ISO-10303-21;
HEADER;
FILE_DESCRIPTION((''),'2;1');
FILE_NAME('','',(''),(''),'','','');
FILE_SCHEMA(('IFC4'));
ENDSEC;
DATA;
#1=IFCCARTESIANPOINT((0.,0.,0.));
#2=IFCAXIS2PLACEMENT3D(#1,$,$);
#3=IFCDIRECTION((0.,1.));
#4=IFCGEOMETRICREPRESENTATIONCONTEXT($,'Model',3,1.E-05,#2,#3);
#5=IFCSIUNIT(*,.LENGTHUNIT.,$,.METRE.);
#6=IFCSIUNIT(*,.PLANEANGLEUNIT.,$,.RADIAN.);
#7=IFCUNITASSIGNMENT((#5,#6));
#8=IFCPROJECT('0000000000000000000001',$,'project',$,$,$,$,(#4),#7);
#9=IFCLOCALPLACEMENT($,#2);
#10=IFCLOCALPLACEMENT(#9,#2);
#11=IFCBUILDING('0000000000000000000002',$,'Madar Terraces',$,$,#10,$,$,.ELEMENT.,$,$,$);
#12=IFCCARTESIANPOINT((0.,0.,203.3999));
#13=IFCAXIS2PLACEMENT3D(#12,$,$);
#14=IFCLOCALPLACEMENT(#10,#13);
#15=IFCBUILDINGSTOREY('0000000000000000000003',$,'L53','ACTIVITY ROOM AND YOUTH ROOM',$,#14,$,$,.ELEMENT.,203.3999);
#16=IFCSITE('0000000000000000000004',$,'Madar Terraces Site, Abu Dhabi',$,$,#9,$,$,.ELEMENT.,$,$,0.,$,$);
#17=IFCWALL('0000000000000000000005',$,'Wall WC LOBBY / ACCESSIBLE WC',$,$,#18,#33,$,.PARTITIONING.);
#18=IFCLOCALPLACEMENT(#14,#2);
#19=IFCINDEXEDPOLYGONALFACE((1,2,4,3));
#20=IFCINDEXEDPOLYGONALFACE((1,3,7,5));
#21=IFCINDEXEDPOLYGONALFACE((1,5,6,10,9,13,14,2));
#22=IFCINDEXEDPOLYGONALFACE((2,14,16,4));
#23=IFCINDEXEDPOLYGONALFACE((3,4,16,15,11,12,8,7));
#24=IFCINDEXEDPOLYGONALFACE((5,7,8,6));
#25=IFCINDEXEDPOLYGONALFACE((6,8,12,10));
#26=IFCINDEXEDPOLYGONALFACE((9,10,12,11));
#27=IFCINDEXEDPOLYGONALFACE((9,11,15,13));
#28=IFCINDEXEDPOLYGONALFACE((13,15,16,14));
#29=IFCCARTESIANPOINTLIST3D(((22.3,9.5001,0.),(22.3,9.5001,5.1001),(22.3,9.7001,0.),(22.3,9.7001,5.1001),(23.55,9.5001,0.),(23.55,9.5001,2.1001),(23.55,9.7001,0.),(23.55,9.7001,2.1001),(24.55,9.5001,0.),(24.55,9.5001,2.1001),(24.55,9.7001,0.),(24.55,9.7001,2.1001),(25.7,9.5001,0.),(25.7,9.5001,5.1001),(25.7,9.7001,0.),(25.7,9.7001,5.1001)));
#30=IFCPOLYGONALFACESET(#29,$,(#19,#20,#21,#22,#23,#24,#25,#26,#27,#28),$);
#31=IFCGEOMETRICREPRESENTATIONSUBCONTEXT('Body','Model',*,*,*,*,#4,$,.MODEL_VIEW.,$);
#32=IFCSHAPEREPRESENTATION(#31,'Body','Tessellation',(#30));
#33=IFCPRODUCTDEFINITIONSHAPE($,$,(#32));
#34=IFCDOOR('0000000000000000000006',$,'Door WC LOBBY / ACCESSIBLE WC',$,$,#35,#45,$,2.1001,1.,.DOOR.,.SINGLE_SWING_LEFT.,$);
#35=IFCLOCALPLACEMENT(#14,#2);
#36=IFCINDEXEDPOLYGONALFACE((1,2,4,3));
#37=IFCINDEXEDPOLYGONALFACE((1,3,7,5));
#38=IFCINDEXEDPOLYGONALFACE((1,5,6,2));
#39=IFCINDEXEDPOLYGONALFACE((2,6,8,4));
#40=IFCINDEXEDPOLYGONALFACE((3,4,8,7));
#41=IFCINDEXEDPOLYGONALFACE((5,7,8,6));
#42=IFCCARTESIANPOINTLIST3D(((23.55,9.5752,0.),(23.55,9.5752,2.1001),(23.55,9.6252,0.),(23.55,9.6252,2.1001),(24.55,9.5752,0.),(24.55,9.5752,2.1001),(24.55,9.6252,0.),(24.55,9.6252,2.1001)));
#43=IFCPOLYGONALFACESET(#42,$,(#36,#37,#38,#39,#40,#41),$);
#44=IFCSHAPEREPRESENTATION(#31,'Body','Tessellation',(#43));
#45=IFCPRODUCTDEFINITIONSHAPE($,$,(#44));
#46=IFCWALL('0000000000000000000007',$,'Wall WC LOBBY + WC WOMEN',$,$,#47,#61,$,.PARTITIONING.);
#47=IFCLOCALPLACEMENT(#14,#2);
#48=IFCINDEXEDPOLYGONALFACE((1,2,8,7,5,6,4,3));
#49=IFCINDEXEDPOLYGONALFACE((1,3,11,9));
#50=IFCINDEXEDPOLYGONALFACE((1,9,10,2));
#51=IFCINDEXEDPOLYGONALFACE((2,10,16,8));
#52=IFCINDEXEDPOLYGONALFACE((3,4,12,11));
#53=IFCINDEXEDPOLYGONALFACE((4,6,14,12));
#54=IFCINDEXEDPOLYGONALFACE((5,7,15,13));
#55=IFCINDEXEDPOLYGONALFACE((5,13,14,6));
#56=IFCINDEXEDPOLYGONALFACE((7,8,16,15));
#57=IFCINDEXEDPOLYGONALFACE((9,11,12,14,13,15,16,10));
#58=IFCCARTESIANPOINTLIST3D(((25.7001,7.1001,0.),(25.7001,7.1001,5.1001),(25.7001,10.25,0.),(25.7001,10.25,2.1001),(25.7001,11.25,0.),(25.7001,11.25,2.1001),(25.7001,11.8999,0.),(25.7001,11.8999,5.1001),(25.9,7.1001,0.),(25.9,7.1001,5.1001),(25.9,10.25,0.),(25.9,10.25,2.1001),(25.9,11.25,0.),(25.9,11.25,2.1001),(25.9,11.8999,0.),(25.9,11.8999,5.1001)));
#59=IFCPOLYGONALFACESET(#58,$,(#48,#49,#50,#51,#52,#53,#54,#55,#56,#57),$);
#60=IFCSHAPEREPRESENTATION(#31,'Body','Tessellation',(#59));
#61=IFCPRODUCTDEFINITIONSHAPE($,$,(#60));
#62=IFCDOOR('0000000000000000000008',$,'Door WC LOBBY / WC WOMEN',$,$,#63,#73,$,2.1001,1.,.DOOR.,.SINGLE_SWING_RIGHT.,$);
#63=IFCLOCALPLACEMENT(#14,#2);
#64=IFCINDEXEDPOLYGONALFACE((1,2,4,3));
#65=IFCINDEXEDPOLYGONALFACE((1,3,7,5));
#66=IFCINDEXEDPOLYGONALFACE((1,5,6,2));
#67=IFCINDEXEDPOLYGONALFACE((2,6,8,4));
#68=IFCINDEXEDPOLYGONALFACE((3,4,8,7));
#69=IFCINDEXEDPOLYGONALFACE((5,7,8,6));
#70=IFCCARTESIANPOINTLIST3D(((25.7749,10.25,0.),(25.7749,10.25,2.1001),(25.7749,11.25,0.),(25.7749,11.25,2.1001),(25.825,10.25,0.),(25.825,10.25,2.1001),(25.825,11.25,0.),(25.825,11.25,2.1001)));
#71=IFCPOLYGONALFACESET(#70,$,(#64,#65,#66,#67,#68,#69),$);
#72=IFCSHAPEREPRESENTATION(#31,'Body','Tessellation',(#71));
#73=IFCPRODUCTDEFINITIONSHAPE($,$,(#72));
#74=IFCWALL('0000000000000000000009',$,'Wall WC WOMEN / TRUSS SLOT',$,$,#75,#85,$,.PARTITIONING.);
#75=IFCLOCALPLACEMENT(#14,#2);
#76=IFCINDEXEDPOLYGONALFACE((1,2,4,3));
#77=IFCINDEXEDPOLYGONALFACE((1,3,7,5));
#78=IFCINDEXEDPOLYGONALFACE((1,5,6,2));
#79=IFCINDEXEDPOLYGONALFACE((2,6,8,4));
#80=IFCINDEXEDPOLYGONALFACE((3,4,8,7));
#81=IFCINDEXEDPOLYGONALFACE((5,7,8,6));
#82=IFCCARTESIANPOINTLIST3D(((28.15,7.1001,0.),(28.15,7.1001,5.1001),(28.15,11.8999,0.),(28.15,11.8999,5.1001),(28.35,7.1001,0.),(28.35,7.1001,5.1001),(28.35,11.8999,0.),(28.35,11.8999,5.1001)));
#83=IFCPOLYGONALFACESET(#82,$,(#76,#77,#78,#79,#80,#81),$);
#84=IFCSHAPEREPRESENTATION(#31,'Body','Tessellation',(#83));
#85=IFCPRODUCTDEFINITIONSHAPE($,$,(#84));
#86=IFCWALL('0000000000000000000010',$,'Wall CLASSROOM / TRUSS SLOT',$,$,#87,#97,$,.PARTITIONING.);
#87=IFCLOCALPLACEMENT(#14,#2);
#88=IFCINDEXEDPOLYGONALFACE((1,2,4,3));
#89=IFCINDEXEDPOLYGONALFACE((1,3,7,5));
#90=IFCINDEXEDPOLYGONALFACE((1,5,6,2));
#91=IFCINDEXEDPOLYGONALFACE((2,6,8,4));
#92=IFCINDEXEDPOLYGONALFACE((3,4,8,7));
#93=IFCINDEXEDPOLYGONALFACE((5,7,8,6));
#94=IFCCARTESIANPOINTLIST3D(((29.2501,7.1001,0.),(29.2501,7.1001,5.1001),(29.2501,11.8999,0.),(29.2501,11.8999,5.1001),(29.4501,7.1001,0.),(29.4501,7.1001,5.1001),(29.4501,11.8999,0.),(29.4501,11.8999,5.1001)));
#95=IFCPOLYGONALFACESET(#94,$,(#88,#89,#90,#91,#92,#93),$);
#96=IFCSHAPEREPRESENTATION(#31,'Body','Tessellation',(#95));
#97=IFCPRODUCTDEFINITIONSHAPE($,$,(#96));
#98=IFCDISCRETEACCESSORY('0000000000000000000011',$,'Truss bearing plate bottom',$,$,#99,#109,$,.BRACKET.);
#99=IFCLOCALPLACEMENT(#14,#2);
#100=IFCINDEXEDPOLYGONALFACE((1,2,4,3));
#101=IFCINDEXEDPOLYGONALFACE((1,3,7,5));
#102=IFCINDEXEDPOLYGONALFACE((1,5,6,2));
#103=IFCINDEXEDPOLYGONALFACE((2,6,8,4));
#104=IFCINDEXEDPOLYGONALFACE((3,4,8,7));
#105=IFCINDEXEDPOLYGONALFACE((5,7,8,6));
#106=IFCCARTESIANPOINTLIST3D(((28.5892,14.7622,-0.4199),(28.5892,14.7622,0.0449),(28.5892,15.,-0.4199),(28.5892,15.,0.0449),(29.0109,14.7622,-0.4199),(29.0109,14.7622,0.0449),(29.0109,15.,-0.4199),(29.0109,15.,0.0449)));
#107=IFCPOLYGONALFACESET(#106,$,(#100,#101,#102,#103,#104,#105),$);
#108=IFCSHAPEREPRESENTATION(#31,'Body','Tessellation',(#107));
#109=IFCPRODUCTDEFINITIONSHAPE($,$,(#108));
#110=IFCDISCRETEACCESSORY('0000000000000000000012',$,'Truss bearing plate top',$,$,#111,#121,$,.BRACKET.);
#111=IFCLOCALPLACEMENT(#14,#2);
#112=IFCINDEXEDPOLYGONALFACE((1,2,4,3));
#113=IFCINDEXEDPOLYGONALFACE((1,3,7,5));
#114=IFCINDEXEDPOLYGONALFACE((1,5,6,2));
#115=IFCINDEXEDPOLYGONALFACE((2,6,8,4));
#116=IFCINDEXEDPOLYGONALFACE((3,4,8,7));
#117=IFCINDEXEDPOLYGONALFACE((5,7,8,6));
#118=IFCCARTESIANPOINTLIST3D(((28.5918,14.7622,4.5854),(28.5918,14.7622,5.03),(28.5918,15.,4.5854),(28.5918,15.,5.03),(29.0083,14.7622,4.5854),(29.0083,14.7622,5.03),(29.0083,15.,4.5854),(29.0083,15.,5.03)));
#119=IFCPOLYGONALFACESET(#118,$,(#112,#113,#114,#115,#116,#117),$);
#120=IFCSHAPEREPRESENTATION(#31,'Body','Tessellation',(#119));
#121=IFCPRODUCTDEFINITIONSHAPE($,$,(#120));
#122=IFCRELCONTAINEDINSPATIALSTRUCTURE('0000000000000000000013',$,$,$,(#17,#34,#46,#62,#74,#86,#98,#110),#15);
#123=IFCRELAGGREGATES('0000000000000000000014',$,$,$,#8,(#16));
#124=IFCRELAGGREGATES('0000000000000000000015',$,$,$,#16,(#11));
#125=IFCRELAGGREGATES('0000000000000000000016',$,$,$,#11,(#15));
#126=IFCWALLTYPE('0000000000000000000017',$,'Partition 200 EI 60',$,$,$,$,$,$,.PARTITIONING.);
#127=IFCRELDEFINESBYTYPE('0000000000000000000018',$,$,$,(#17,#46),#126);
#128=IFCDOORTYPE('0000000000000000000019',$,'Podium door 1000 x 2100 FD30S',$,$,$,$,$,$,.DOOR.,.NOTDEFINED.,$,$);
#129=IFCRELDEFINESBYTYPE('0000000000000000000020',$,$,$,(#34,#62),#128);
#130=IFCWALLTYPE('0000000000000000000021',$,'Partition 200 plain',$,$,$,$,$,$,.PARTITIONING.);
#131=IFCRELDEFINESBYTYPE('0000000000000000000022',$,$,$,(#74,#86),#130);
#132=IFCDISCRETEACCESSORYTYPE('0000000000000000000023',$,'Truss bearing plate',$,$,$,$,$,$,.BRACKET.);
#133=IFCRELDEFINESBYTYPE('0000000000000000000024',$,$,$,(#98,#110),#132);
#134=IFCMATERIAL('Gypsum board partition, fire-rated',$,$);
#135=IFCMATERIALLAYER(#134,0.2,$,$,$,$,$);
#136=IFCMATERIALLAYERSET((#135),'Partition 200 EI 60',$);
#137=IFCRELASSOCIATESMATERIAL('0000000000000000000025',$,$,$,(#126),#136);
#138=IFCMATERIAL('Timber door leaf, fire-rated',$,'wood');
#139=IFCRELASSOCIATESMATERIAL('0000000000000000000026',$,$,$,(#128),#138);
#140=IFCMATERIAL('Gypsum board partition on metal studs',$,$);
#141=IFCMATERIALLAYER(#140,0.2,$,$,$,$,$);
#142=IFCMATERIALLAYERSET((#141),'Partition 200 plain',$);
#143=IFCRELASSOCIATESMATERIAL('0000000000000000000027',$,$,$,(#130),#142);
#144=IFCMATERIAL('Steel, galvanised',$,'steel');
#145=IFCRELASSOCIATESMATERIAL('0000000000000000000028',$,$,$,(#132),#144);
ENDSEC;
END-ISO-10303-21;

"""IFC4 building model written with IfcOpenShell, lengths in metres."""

from ifc_helpers import new_model, si_unit, direction, frame, frame_2d, origin, origin_2d, place, context, subcontext, project, spatial, rectangle, extrude, material, layer, layer_set, type_object, element, fill, save


model = new_model("IFC4")

# Units and contexts
model_context = context("Model", 3, precision=1e-05, world=origin(), true_north=direction((0.0, 1.0)))
body_context = subcontext(model_context, "Body", "Model", "MODEL_VIEW")
ifc_project = project(units=[si_unit("LENGTHUNIT", "METRE"), si_unit("PLANEANGLEUNIT", "RADIAN")], contexts=[model_context])

# Site, building, storey
site_placement = place(None, origin())
site = spatial("IfcSite", under=ifc_project, at=site_placement, Name="Madar Terraces Site, Abu Dhabi", CompositionType="ELEMENT", RefElevation=0.0)
building_placement = place(site_placement, origin())
building = spatial("IfcBuilding", under=site, at=building_placement, Name="Madar Terraces", CompositionType="ELEMENT")
storey_placement = place(building_placement, frame((0.0, 0.0, 203.3999)))
storey = spatial("IfcBuildingStorey", under=building, at=storey_placement, Name="L53", Description="ACTIVITY ROOM AND YOUTH ROOM", CompositionType="ELEMENT", Elevation=203.3999)

# Walls, openings, doors
ifc_material_1 = material(Name="Gypsum board partition, fire-rated")
ifc_layer_1 = layer(ifc_material_1, 0.2)
ifc_layer_set_1 = layer_set([ifc_layer_1], Name="Partition 200 EI 60")
wall_type_1 = type_object("IfcWallType", Name="Partition 200 EI 60", PredefinedType="PARTITIONING", material=ifc_layer_set_1)
wall_1_placement = place(storey_placement, frame((25.7, 9.6001, 0.0), z_axis=(0.0, 0.0, 1.0), x_axis=(-1.0, 0.0, 0.0)))
wall_1 = element("IfcWall", 1, at=wall_1_placement, inside=storey, type_object=wall_type_1, Name="Wall WC LOBBY / ACCESSIBLE WC", PredefinedType="PARTITIONING", context=body_context, shape_type="SweptSolid", body=[
    extrude(rectangle(XDim=3.3999, YDim=0.2, at=frame_2d((1.7, 0.0))), origin(), (0.0, 0.0, 1.0), 5.1001),
])
opening_1_placement = place(wall_1_placement, frame((1.1499, 0.0, 0.0)))
opening_1 = element("IfcOpeningElement", 2, at=opening_1_placement, cuts=wall_1, PredefinedType="OPENING", context=body_context, shape_type="SweptSolid", body=[
    extrude(rectangle(XDim=1.0, YDim=2.1001, at=frame_2d((0.5, 1.05))), frame((0.0, 0.1099, 0.0), z_axis=(0.0, -1.0, 0.0), x_axis=(1.0, 0.0, 0.0)), (0.0, 0.0, 1.0), 0.22),
])
ifc_material_2 = material(Name="Timber door leaf, fire-rated", Category="wood")
door_type_1 = type_object("IfcDoorType", Name="Podium door 1000 x 2100 FD30S", OperationType="NOTDEFINED", PredefinedType="DOOR", material=ifc_material_2)
door_1_placement = place(opening_1_placement, origin())
door_1 = element("IfcDoor", 3, at=door_1_placement, inside=storey, type_object=door_type_1, Name="Door WC LOBBY / ACCESSIBLE WC", OperationType="SINGLE_SWING_LEFT", OverallHeight=2.1001, OverallWidth=1.0, PredefinedType="DOOR", context=body_context, shape_type="SweptSolid", body=[
    extrude(rectangle(XDim=1.0, YDim=2.1001, at=frame_2d((0.5, 1.05))), frame((0.0, 0.0249, 0.0), z_axis=(0.0, -1.0, 0.0), x_axis=(1.0, 0.0, 0.0)), (0.0, 0.0, 1.0), 0.05),
])
fill(opening_1, door_1)
wall_2_placement = place(storey_placement, frame((25.8, 11.8999, 0.0), z_axis=(0.0, 0.0, 1.0), x_axis=(0.0, -1.0, 0.0)))
wall_2 = element("IfcWall", 4, at=wall_2_placement, inside=storey, type_object=wall_type_1, Name="Wall WC LOBBY + WC WOMEN", PredefinedType="PARTITIONING", context=body_context, shape_type="SweptSolid", body=[
    extrude(rectangle(XDim=4.7998, YDim=0.2, at=frame_2d((2.3999, 0.0))), origin(), (0.0, 0.0, 1.0), 5.1001),
])
opening_2_placement = place(wall_2_placement, frame((0.6499, 0.0, 0.0)))
opening_2 = element("IfcOpeningElement", 5, at=opening_2_placement, cuts=wall_2, PredefinedType="OPENING", context=body_context, shape_type="SweptSolid", body=[
    extrude(rectangle(XDim=1.0, YDim=2.1001, at=frame_2d((0.5, 1.05))), frame((0.0, 0.1099, 0.0), z_axis=(0.0, -1.0, 0.0), x_axis=(1.0, 0.0, 0.0)), (0.0, 0.0, 1.0), 0.22),
])
door_2_placement = place(opening_2_placement, origin())
door_2 = element("IfcDoor", 6, at=door_2_placement, inside=storey, type_object=door_type_1, Name="Door WC LOBBY / WC WOMEN", OperationType="SINGLE_SWING_RIGHT", OverallHeight=2.1001, OverallWidth=1.0, PredefinedType="DOOR", context=body_context, shape_type="SweptSolid", body=[
    extrude(rectangle(XDim=1.0, YDim=2.1001, at=frame_2d((0.5, 1.05))), frame((0.0, 0.0249, 0.0), z_axis=(0.0, -1.0, 0.0), x_axis=(1.0, 0.0, 0.0)), (0.0, 0.0, 1.0), 0.05),
])
fill(opening_2, door_2)

# Walls
ifc_material_3 = material(Name="Gypsum board partition on metal studs")
ifc_layer_2 = layer(ifc_material_3, 0.2)
ifc_layer_set_2 = layer_set([ifc_layer_2], Name="Partition 200 plain")
wall_type_2 = type_object("IfcWallType", Name="Partition 200 plain", PredefinedType="PARTITIONING", material=ifc_layer_set_2)
for number, where, z_axis, x_axis, name in (
    (7, (28.25, 7.1001, 0.0), (0.0, 0.0, 1.0), (0.0, 1.0, 0.0), "Wall WC WOMEN / TRUSS SLOT"),
    (8, (29.3501, 7.1001, 0.0), (0.0, 0.0, 1.0), (0.0, 1.0, 0.0), "Wall CLASSROOM / TRUSS SLOT"),
):
    element("IfcWall", number, at=place(storey_placement, frame(where, z_axis=z_axis, x_axis=x_axis)), inside=storey, type_object=wall_type_2, Name=name, PredefinedType="PARTITIONING", context=body_context, shape_type="SweptSolid", body=[
        extrude(rectangle(XDim=4.7998, YDim=0.2, at=frame_2d((2.3999, 0.0))), origin(), (0.0, 0.0, 1.0), 5.1001),
    ])

# Discrete accessories
ifc_material_4 = material(Name="Steel, galvanised", Category="steel")
discrete_accessory_type = type_object("IfcDiscreteAccessoryType", Name="Truss bearing plate", PredefinedType="BRACKET", material=ifc_material_4)
discrete_accessory_1_placement = place(storey_placement, frame((28.8, 14.8811, -0.4199), z_axis=(0.0, 0.0, 1.0), x_axis=(1.0, 0.0, 0.0)))
element("IfcDiscreteAccessory", 9, at=discrete_accessory_1_placement, inside=storey, type_object=discrete_accessory_type, Name="Truss bearing plate bottom", PredefinedType="BRACKET", context=body_context, shape_type="SweptSolid", body=[
    extrude(rectangle(XDim=0.4216, YDim=0.2378, at=origin_2d()), origin(), (0.0, 0.0, 1.0), 0.4648),
])
discrete_accessory_2_placement = place(storey_placement, frame((28.8, 14.8811, 4.5854), z_axis=(0.0, 0.0, 1.0), x_axis=(1.0, 0.0, 0.0)))
element("IfcDiscreteAccessory", 10, at=discrete_accessory_2_placement, inside=storey, type_object=discrete_accessory_type, Name="Truss bearing plate top", PredefinedType="BRACKET", context=body_context, shape_type="SweptSolid", body=[
    extrude(rectangle(XDim=0.4165, YDim=0.2378, at=origin_2d()), origin(), (0.0, 0.0, 1.0), 0.4446),
])

save(model, "model.ifc")
